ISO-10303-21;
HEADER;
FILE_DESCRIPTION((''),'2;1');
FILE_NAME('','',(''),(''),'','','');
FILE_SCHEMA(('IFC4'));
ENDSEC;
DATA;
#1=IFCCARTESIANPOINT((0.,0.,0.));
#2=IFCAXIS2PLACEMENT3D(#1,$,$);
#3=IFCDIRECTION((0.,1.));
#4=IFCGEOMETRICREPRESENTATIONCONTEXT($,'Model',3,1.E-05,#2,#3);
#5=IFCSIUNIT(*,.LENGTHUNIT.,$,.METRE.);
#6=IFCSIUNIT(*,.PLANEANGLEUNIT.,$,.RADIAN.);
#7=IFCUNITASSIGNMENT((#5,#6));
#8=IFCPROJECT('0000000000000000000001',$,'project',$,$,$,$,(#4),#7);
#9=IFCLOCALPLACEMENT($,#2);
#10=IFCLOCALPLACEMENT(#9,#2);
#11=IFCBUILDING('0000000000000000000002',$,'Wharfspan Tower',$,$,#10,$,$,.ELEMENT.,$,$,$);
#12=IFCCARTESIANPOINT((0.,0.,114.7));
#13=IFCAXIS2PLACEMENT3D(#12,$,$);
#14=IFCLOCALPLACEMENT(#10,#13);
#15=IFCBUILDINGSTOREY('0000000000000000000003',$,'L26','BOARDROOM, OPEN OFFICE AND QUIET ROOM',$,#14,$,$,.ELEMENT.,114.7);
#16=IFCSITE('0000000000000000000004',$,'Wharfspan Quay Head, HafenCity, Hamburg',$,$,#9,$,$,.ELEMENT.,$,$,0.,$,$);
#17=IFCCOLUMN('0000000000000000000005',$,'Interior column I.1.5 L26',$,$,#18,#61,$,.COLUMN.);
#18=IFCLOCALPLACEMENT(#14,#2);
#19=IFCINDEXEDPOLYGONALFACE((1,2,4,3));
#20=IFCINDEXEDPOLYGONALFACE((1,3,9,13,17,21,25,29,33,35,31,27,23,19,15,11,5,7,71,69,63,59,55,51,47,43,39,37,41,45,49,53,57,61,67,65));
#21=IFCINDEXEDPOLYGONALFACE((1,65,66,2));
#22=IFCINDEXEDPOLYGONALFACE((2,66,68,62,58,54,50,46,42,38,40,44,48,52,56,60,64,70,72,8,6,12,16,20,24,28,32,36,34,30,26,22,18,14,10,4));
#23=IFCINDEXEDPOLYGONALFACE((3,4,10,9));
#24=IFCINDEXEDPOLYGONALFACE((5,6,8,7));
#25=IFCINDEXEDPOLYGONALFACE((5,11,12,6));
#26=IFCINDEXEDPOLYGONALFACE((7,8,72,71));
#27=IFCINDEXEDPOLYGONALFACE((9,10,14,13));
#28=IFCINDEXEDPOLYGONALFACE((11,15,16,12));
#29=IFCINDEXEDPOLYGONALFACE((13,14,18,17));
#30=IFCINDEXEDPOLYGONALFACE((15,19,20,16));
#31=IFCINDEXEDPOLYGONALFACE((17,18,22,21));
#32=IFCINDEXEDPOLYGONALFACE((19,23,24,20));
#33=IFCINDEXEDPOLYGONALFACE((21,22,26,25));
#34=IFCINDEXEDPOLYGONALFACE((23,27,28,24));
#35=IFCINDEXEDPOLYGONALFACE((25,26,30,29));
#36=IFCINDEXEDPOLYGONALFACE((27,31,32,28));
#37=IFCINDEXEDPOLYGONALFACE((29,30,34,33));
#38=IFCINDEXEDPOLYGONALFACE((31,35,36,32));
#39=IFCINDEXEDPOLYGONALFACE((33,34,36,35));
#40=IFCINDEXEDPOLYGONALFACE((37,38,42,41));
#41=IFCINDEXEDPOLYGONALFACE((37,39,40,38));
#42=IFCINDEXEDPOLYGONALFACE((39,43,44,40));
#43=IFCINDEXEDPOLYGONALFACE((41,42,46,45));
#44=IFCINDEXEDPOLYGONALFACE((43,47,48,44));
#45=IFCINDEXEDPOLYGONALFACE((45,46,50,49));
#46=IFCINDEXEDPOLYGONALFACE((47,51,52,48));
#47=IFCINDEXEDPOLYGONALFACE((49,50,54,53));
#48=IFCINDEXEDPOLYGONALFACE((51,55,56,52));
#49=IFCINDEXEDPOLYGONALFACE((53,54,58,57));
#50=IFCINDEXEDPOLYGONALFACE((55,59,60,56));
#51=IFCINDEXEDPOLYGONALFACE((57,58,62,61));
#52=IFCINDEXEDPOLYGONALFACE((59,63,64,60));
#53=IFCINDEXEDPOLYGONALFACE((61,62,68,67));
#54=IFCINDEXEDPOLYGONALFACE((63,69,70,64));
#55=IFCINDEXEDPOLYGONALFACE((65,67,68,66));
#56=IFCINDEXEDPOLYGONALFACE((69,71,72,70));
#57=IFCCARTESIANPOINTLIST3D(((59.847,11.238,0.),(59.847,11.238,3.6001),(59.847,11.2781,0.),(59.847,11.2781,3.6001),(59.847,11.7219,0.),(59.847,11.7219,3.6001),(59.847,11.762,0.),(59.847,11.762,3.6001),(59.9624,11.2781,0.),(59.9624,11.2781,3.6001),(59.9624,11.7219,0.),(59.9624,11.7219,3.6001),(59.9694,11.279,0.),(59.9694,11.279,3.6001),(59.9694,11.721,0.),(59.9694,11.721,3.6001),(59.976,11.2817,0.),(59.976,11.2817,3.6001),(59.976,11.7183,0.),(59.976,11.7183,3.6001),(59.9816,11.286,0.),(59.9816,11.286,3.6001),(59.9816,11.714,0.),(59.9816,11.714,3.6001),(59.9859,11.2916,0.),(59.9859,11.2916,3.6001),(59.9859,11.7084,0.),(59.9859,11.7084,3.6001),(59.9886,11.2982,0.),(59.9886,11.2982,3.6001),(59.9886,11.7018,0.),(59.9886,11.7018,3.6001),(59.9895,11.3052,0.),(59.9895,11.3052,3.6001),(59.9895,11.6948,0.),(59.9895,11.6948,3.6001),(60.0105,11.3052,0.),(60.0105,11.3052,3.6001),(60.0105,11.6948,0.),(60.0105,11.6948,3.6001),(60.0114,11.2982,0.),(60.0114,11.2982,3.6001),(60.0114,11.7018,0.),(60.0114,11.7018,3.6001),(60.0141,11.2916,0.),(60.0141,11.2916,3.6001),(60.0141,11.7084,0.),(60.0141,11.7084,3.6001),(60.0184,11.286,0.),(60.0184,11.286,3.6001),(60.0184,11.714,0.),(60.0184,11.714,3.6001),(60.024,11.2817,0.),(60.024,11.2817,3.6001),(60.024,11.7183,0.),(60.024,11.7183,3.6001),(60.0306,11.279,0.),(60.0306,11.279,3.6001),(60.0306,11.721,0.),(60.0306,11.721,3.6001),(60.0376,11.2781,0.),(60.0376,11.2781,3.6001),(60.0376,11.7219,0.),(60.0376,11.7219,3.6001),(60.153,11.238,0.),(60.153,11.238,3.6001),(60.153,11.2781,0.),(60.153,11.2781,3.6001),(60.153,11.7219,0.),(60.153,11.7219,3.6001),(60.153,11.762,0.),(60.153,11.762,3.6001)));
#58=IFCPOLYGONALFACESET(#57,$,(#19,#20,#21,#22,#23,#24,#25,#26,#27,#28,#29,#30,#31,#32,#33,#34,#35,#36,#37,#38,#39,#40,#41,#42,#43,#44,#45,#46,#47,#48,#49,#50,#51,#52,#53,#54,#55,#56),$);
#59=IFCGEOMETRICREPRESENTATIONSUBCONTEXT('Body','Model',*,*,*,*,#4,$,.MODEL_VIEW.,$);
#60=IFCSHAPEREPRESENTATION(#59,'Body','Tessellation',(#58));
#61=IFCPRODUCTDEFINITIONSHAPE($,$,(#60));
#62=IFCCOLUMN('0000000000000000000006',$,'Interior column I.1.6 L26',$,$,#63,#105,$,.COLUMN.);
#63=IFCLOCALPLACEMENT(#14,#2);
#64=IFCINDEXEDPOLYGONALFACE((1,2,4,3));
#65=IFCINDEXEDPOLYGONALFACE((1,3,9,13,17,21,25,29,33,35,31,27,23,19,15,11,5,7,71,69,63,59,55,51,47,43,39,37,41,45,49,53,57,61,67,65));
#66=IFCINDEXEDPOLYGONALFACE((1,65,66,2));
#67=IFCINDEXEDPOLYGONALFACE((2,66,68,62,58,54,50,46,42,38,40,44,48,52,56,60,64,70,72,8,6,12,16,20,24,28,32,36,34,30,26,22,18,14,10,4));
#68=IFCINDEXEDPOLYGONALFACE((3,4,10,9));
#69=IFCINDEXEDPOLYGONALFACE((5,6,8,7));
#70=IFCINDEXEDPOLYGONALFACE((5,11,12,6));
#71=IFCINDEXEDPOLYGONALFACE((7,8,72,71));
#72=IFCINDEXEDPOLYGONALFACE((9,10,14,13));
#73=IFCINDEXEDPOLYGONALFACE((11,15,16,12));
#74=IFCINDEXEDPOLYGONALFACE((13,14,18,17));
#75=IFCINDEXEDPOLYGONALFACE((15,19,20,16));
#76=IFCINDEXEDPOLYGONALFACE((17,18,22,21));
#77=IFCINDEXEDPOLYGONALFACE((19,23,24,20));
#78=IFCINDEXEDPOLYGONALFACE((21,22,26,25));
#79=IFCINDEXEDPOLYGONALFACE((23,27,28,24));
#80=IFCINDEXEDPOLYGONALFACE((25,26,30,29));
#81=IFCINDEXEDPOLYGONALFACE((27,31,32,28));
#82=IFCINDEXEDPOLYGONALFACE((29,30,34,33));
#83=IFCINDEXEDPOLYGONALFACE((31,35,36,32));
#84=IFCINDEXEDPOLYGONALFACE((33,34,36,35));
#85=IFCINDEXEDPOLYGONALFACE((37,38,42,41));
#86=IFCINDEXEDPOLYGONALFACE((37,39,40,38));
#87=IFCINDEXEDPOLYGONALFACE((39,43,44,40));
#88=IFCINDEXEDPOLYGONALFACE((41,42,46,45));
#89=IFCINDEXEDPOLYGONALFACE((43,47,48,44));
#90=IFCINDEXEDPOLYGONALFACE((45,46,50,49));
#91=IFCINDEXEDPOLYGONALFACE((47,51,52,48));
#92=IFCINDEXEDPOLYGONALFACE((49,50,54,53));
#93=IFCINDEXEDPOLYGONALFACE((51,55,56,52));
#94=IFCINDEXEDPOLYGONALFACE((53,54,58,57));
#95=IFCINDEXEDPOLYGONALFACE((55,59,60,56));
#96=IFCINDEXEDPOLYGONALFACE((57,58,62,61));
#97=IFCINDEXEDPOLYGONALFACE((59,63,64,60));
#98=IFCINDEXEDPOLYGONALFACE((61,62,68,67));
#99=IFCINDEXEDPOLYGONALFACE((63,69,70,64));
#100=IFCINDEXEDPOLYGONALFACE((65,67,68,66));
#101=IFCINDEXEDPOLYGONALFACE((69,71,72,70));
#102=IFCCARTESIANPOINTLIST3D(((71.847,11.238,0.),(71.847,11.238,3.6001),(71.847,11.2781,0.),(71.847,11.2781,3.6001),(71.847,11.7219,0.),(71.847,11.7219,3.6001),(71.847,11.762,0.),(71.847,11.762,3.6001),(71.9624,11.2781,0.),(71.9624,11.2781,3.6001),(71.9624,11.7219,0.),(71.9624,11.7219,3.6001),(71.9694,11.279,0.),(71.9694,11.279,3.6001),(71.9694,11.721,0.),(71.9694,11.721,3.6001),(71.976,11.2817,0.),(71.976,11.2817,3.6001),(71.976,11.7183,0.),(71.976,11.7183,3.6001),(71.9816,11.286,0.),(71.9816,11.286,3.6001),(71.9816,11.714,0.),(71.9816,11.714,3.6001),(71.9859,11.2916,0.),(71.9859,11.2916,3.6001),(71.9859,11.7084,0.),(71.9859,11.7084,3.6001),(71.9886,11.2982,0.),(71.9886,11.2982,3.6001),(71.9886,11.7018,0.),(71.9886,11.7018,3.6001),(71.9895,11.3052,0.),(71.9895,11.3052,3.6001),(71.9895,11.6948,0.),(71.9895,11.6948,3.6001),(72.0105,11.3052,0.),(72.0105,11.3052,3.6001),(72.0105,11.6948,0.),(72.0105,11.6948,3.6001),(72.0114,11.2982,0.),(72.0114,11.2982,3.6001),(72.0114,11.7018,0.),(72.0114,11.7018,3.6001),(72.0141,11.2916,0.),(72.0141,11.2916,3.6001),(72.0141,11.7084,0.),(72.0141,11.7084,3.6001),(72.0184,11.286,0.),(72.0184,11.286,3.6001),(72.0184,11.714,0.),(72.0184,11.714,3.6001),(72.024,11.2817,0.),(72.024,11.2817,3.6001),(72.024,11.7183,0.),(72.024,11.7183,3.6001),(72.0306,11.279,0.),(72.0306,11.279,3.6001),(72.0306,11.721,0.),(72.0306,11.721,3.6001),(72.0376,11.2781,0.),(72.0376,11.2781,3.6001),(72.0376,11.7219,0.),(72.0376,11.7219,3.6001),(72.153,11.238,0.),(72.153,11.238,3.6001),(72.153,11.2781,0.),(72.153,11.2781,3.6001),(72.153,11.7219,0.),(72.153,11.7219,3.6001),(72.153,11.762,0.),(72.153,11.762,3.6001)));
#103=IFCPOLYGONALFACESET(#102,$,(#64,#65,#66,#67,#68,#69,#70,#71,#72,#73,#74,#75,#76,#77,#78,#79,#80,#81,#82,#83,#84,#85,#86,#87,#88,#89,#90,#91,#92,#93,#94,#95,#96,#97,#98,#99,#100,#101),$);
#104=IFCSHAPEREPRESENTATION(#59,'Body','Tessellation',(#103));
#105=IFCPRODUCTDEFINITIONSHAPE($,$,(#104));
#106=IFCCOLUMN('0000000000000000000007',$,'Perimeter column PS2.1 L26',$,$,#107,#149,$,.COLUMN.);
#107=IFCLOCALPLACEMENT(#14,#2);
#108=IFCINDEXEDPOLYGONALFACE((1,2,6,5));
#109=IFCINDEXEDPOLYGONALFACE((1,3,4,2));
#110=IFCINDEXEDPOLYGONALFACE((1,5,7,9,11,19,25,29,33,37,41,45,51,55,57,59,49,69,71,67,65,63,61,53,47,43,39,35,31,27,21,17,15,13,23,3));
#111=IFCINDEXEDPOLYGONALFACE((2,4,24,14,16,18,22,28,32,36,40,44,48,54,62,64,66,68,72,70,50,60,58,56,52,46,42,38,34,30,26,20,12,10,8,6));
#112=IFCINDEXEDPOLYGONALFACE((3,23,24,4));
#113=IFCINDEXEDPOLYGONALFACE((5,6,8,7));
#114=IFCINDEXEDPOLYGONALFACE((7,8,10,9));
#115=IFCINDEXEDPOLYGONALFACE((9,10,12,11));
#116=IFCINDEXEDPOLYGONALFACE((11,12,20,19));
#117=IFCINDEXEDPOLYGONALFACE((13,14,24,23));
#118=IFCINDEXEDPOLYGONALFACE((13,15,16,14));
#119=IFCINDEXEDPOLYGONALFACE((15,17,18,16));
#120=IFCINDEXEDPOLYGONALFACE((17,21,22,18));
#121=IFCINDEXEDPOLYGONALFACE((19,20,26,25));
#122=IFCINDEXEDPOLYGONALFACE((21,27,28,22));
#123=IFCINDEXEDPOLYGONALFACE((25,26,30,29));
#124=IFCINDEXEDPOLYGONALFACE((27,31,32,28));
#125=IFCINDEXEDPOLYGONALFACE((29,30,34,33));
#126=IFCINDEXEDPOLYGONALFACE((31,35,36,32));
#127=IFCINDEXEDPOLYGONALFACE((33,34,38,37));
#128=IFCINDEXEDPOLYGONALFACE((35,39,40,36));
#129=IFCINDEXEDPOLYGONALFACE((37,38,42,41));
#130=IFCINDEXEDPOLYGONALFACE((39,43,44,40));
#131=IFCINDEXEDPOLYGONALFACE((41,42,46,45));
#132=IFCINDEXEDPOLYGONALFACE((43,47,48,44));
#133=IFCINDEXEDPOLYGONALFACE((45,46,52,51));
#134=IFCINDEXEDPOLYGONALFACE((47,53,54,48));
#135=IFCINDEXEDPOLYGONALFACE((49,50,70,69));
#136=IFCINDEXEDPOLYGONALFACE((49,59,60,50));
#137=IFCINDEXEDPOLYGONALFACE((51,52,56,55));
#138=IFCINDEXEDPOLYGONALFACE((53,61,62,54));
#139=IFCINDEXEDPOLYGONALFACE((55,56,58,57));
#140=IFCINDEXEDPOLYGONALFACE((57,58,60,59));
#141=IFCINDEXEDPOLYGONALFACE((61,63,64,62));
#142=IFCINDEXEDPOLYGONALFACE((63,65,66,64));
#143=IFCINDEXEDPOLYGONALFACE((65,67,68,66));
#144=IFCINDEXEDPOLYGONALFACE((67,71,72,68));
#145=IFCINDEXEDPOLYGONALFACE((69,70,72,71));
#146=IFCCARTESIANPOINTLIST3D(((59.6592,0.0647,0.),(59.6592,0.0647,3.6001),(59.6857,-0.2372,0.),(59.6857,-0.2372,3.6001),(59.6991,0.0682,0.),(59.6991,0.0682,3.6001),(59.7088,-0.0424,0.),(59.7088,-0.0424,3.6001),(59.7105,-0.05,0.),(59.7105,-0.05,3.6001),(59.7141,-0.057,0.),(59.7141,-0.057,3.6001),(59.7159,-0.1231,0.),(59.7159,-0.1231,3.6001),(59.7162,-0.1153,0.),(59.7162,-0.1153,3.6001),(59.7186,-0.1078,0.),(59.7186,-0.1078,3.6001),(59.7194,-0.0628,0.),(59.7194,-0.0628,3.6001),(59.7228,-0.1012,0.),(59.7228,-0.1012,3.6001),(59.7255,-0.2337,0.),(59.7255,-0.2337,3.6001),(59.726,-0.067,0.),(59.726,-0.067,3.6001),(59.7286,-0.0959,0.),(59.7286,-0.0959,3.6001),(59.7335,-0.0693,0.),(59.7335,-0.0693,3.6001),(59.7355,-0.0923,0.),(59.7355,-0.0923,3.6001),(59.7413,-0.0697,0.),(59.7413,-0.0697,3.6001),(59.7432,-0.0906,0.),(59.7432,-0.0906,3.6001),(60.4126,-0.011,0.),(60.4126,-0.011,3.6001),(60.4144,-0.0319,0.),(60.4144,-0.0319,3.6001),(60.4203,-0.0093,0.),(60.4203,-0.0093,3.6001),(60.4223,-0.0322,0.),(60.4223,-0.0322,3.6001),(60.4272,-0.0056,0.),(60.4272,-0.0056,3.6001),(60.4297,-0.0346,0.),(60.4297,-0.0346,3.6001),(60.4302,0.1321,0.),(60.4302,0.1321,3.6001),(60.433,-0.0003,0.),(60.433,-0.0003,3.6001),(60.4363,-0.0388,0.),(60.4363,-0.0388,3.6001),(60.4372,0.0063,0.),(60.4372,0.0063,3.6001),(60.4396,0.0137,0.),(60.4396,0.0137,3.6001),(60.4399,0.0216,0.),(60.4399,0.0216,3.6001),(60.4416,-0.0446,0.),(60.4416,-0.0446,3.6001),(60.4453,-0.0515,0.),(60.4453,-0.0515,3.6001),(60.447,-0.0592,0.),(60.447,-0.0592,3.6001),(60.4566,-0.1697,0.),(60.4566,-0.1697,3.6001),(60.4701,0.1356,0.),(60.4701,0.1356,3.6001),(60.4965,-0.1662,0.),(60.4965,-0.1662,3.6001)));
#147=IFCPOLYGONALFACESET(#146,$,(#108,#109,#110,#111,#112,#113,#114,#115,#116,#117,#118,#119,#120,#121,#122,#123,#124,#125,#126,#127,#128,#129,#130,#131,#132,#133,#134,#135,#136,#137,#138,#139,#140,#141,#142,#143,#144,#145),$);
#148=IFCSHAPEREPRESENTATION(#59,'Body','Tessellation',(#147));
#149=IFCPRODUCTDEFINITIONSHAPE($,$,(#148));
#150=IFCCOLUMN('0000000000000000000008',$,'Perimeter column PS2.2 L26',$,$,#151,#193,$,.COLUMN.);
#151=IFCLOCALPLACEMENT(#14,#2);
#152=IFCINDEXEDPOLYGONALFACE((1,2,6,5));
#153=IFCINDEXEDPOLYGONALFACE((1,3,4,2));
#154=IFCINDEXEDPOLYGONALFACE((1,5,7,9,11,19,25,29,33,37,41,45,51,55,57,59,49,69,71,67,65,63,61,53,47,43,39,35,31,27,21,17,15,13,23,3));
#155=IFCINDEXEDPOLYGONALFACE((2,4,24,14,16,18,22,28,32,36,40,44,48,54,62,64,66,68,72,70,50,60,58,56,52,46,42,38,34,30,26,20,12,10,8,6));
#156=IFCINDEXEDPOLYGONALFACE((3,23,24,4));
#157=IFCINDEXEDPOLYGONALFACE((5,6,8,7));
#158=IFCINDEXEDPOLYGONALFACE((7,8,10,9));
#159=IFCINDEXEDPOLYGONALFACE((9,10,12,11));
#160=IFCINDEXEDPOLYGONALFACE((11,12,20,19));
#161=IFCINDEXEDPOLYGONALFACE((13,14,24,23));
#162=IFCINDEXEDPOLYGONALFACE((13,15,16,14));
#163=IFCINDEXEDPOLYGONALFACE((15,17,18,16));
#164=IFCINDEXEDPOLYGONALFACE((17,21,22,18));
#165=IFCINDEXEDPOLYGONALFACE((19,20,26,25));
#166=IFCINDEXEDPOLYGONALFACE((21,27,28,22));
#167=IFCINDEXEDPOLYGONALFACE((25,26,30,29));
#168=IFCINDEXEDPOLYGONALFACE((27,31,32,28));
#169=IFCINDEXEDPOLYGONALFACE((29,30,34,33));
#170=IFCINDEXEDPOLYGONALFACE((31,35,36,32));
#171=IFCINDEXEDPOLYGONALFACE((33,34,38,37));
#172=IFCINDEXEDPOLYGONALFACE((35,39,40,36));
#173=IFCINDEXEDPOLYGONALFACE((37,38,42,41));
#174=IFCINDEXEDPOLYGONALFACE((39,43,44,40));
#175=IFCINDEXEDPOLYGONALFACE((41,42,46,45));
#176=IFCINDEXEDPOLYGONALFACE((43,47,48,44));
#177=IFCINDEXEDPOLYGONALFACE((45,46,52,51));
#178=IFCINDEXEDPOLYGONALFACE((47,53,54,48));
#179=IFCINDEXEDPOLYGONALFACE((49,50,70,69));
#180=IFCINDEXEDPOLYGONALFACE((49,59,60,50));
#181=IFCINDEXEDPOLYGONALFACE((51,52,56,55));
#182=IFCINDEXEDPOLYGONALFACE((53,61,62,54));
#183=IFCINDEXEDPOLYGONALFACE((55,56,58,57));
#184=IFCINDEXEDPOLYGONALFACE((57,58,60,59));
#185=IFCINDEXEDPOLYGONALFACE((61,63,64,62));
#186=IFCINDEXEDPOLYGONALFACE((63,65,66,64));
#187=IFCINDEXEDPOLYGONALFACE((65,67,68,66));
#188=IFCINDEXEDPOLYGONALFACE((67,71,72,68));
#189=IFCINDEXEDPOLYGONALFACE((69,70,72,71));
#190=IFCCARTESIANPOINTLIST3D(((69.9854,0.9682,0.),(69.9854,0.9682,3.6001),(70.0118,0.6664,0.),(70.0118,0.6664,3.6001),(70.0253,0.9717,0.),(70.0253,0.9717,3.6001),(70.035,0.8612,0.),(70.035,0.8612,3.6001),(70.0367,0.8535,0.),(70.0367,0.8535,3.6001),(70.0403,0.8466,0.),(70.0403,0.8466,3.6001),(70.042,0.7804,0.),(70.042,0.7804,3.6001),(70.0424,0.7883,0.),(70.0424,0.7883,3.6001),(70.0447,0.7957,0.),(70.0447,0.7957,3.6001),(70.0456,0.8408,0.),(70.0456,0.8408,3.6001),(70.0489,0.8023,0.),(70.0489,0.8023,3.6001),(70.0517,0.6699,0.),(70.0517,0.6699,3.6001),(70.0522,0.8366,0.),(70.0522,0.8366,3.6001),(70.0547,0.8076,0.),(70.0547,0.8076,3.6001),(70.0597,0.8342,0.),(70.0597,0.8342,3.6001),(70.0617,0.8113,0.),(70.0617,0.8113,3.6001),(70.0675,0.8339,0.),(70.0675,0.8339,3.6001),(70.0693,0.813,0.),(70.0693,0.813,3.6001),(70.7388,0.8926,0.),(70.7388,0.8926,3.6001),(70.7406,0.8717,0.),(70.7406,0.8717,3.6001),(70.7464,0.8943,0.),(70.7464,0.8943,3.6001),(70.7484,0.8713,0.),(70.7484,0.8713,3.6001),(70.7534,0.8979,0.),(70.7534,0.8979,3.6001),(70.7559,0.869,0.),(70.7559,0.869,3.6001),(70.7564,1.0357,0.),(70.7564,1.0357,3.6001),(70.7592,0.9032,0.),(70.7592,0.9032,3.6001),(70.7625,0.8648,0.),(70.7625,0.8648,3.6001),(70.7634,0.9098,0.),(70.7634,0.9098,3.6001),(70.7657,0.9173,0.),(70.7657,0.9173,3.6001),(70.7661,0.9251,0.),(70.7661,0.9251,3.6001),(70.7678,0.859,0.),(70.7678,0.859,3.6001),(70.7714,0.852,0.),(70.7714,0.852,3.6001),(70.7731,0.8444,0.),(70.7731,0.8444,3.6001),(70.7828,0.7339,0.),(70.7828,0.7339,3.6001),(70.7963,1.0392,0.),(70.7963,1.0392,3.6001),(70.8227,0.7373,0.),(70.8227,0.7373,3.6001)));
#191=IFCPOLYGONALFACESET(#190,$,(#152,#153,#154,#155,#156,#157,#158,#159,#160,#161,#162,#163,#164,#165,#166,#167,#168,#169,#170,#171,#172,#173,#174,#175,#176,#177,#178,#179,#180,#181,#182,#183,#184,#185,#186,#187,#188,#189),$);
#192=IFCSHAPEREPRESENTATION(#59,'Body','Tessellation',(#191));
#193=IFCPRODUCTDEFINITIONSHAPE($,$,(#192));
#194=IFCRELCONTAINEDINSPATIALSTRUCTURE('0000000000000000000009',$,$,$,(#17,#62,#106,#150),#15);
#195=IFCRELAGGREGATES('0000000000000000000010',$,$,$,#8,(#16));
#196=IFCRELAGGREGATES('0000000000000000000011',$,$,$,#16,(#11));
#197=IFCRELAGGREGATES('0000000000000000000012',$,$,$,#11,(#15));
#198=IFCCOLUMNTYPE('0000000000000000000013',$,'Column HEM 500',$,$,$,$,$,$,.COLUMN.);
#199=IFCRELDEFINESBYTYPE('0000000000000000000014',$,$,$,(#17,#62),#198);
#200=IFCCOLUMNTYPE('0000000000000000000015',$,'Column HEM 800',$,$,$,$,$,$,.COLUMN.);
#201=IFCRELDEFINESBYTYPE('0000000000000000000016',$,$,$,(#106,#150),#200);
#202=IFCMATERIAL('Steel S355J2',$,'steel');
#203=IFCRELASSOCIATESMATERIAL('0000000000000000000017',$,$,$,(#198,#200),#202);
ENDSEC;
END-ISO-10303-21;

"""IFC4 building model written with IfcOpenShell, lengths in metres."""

from ifc_helpers import new_model, si_unit, direction, frame, origin, origin_2d, place, context, subcontext, project, spatial, i_section, extrude, material, material_profile, profile_set, type_object, element, save


model = new_model("IFC4")

# Units and contexts
model_context = context("Model", 3, precision=1e-05, world=origin(), true_north=direction((0.0, 1.0)))
body_context = subcontext(model_context, "Body", "Model", "MODEL_VIEW")
ifc_project = project(units=[si_unit("LENGTHUNIT", "METRE"), si_unit("PLANEANGLEUNIT", "RADIAN")], contexts=[model_context])

# Site, building, storey
site_placement = place(None, origin())
site = spatial("IfcSite", under=ifc_project, at=site_placement, Name="Wharfspan Quay Head, HafenCity, Hamburg", CompositionType="ELEMENT", RefElevation=0.0)
building_placement = place(site_placement, origin())
building = spatial("IfcBuilding", under=site, at=building_placement, Name="Wharfspan Tower", CompositionType="ELEMENT")
storey_placement = place(building_placement, frame((0.0, 0.0, 114.7)))
storey = spatial("IfcBuildingStorey", under=building, at=storey_placement, Name="L26", Description="BOARDROOM, OPEN OFFICE AND QUIET ROOM", CompositionType="ELEMENT", Elevation=114.7)

# Columns
ifc_material_1 = material(Name="Steel S355J2", Category="steel")
ifc_material_profile_1 = material_profile(ifc_material_1, i_section(OverallWidth=0.3059, OverallDepth=0.5239, WebThickness=0.021, FlangeThickness=0.04, FilletRadius=0.0271, at=origin_2d()))
ifc_profile_set_1 = profile_set([ifc_material_profile_1], Name="Steel S355J2")
column_type_1 = type_object("IfcColumnType", Name="Column HEM 500", PredefinedType="COLUMN", material=ifc_profile_set_1)
for number, where, z_axis, x_axis, name in (
    (1, (60.0, 11.5, 0.0), (0.0, 0.0, 1.0), (1.0, 0.0, 0.0), "Interior column I.1.5 L26"),
    (2, (72.0, 11.5, 0.0), (0.0, 0.0, 1.0), (1.0, 0.0, 0.0), "Interior column I.1.6 L26"),
):
    element("IfcColumn", number, at=place(storey_placement, frame(where, z_axis=z_axis, x_axis=x_axis)), inside=storey, type_object=column_type_1, Name=name, PredefinedType="COLUMN", context=body_context, shape_type="SweptSolid", body=[
        extrude(i_section(OverallWidth=0.3059, OverallDepth=0.5239, WebThickness=0.021, FlangeThickness=0.04, FilletRadius=0.0271, at=origin_2d()), origin(), (0.0, 0.0, 1.0), 3.6001),
    ])
ifc_material_profile_2 = material_profile(ifc_material_1, i_section(OverallWidth=0.303, OverallDepth=0.814, WebThickness=0.021, FlangeThickness=0.04, FilletRadius=0.03, at=origin_2d()))
ifc_profile_set_2 = profile_set([ifc_material_profile_2], Name="Steel S355J2")
column_type_2 = type_object("IfcColumnType", Name="Column HEM 800", PredefinedType="COLUMN", material=ifc_profile_set_2)
for number, where, z_axis, x_axis, name in (
    (3, (60.0779, -0.0508, 0.0), (0.0, 0.0, 1.0), (0.087156, -0.996198, 0.0), "Perimeter column PS2.1 L26"),
    (4, (70.4041, 0.8528, 0.0), (0.0, 0.0, 1.0), (0.087156, -0.996198, 0.0), "Perimeter column PS2.2 L26"),
):
    element("IfcColumn", number, at=place(storey_placement, frame(where, z_axis=z_axis, x_axis=x_axis)), inside=storey, type_object=column_type_2, Name=name, PredefinedType="COLUMN", context=body_context, shape_type="SweptSolid", body=[
        extrude(i_section(OverallWidth=0.303, OverallDepth=0.814, WebThickness=0.021, FlangeThickness=0.04, FilletRadius=0.03, at=origin_2d()), origin(), (0.0, 0.0, 1.0), 3.6001),
    ])

save(model, "model.ifc")
